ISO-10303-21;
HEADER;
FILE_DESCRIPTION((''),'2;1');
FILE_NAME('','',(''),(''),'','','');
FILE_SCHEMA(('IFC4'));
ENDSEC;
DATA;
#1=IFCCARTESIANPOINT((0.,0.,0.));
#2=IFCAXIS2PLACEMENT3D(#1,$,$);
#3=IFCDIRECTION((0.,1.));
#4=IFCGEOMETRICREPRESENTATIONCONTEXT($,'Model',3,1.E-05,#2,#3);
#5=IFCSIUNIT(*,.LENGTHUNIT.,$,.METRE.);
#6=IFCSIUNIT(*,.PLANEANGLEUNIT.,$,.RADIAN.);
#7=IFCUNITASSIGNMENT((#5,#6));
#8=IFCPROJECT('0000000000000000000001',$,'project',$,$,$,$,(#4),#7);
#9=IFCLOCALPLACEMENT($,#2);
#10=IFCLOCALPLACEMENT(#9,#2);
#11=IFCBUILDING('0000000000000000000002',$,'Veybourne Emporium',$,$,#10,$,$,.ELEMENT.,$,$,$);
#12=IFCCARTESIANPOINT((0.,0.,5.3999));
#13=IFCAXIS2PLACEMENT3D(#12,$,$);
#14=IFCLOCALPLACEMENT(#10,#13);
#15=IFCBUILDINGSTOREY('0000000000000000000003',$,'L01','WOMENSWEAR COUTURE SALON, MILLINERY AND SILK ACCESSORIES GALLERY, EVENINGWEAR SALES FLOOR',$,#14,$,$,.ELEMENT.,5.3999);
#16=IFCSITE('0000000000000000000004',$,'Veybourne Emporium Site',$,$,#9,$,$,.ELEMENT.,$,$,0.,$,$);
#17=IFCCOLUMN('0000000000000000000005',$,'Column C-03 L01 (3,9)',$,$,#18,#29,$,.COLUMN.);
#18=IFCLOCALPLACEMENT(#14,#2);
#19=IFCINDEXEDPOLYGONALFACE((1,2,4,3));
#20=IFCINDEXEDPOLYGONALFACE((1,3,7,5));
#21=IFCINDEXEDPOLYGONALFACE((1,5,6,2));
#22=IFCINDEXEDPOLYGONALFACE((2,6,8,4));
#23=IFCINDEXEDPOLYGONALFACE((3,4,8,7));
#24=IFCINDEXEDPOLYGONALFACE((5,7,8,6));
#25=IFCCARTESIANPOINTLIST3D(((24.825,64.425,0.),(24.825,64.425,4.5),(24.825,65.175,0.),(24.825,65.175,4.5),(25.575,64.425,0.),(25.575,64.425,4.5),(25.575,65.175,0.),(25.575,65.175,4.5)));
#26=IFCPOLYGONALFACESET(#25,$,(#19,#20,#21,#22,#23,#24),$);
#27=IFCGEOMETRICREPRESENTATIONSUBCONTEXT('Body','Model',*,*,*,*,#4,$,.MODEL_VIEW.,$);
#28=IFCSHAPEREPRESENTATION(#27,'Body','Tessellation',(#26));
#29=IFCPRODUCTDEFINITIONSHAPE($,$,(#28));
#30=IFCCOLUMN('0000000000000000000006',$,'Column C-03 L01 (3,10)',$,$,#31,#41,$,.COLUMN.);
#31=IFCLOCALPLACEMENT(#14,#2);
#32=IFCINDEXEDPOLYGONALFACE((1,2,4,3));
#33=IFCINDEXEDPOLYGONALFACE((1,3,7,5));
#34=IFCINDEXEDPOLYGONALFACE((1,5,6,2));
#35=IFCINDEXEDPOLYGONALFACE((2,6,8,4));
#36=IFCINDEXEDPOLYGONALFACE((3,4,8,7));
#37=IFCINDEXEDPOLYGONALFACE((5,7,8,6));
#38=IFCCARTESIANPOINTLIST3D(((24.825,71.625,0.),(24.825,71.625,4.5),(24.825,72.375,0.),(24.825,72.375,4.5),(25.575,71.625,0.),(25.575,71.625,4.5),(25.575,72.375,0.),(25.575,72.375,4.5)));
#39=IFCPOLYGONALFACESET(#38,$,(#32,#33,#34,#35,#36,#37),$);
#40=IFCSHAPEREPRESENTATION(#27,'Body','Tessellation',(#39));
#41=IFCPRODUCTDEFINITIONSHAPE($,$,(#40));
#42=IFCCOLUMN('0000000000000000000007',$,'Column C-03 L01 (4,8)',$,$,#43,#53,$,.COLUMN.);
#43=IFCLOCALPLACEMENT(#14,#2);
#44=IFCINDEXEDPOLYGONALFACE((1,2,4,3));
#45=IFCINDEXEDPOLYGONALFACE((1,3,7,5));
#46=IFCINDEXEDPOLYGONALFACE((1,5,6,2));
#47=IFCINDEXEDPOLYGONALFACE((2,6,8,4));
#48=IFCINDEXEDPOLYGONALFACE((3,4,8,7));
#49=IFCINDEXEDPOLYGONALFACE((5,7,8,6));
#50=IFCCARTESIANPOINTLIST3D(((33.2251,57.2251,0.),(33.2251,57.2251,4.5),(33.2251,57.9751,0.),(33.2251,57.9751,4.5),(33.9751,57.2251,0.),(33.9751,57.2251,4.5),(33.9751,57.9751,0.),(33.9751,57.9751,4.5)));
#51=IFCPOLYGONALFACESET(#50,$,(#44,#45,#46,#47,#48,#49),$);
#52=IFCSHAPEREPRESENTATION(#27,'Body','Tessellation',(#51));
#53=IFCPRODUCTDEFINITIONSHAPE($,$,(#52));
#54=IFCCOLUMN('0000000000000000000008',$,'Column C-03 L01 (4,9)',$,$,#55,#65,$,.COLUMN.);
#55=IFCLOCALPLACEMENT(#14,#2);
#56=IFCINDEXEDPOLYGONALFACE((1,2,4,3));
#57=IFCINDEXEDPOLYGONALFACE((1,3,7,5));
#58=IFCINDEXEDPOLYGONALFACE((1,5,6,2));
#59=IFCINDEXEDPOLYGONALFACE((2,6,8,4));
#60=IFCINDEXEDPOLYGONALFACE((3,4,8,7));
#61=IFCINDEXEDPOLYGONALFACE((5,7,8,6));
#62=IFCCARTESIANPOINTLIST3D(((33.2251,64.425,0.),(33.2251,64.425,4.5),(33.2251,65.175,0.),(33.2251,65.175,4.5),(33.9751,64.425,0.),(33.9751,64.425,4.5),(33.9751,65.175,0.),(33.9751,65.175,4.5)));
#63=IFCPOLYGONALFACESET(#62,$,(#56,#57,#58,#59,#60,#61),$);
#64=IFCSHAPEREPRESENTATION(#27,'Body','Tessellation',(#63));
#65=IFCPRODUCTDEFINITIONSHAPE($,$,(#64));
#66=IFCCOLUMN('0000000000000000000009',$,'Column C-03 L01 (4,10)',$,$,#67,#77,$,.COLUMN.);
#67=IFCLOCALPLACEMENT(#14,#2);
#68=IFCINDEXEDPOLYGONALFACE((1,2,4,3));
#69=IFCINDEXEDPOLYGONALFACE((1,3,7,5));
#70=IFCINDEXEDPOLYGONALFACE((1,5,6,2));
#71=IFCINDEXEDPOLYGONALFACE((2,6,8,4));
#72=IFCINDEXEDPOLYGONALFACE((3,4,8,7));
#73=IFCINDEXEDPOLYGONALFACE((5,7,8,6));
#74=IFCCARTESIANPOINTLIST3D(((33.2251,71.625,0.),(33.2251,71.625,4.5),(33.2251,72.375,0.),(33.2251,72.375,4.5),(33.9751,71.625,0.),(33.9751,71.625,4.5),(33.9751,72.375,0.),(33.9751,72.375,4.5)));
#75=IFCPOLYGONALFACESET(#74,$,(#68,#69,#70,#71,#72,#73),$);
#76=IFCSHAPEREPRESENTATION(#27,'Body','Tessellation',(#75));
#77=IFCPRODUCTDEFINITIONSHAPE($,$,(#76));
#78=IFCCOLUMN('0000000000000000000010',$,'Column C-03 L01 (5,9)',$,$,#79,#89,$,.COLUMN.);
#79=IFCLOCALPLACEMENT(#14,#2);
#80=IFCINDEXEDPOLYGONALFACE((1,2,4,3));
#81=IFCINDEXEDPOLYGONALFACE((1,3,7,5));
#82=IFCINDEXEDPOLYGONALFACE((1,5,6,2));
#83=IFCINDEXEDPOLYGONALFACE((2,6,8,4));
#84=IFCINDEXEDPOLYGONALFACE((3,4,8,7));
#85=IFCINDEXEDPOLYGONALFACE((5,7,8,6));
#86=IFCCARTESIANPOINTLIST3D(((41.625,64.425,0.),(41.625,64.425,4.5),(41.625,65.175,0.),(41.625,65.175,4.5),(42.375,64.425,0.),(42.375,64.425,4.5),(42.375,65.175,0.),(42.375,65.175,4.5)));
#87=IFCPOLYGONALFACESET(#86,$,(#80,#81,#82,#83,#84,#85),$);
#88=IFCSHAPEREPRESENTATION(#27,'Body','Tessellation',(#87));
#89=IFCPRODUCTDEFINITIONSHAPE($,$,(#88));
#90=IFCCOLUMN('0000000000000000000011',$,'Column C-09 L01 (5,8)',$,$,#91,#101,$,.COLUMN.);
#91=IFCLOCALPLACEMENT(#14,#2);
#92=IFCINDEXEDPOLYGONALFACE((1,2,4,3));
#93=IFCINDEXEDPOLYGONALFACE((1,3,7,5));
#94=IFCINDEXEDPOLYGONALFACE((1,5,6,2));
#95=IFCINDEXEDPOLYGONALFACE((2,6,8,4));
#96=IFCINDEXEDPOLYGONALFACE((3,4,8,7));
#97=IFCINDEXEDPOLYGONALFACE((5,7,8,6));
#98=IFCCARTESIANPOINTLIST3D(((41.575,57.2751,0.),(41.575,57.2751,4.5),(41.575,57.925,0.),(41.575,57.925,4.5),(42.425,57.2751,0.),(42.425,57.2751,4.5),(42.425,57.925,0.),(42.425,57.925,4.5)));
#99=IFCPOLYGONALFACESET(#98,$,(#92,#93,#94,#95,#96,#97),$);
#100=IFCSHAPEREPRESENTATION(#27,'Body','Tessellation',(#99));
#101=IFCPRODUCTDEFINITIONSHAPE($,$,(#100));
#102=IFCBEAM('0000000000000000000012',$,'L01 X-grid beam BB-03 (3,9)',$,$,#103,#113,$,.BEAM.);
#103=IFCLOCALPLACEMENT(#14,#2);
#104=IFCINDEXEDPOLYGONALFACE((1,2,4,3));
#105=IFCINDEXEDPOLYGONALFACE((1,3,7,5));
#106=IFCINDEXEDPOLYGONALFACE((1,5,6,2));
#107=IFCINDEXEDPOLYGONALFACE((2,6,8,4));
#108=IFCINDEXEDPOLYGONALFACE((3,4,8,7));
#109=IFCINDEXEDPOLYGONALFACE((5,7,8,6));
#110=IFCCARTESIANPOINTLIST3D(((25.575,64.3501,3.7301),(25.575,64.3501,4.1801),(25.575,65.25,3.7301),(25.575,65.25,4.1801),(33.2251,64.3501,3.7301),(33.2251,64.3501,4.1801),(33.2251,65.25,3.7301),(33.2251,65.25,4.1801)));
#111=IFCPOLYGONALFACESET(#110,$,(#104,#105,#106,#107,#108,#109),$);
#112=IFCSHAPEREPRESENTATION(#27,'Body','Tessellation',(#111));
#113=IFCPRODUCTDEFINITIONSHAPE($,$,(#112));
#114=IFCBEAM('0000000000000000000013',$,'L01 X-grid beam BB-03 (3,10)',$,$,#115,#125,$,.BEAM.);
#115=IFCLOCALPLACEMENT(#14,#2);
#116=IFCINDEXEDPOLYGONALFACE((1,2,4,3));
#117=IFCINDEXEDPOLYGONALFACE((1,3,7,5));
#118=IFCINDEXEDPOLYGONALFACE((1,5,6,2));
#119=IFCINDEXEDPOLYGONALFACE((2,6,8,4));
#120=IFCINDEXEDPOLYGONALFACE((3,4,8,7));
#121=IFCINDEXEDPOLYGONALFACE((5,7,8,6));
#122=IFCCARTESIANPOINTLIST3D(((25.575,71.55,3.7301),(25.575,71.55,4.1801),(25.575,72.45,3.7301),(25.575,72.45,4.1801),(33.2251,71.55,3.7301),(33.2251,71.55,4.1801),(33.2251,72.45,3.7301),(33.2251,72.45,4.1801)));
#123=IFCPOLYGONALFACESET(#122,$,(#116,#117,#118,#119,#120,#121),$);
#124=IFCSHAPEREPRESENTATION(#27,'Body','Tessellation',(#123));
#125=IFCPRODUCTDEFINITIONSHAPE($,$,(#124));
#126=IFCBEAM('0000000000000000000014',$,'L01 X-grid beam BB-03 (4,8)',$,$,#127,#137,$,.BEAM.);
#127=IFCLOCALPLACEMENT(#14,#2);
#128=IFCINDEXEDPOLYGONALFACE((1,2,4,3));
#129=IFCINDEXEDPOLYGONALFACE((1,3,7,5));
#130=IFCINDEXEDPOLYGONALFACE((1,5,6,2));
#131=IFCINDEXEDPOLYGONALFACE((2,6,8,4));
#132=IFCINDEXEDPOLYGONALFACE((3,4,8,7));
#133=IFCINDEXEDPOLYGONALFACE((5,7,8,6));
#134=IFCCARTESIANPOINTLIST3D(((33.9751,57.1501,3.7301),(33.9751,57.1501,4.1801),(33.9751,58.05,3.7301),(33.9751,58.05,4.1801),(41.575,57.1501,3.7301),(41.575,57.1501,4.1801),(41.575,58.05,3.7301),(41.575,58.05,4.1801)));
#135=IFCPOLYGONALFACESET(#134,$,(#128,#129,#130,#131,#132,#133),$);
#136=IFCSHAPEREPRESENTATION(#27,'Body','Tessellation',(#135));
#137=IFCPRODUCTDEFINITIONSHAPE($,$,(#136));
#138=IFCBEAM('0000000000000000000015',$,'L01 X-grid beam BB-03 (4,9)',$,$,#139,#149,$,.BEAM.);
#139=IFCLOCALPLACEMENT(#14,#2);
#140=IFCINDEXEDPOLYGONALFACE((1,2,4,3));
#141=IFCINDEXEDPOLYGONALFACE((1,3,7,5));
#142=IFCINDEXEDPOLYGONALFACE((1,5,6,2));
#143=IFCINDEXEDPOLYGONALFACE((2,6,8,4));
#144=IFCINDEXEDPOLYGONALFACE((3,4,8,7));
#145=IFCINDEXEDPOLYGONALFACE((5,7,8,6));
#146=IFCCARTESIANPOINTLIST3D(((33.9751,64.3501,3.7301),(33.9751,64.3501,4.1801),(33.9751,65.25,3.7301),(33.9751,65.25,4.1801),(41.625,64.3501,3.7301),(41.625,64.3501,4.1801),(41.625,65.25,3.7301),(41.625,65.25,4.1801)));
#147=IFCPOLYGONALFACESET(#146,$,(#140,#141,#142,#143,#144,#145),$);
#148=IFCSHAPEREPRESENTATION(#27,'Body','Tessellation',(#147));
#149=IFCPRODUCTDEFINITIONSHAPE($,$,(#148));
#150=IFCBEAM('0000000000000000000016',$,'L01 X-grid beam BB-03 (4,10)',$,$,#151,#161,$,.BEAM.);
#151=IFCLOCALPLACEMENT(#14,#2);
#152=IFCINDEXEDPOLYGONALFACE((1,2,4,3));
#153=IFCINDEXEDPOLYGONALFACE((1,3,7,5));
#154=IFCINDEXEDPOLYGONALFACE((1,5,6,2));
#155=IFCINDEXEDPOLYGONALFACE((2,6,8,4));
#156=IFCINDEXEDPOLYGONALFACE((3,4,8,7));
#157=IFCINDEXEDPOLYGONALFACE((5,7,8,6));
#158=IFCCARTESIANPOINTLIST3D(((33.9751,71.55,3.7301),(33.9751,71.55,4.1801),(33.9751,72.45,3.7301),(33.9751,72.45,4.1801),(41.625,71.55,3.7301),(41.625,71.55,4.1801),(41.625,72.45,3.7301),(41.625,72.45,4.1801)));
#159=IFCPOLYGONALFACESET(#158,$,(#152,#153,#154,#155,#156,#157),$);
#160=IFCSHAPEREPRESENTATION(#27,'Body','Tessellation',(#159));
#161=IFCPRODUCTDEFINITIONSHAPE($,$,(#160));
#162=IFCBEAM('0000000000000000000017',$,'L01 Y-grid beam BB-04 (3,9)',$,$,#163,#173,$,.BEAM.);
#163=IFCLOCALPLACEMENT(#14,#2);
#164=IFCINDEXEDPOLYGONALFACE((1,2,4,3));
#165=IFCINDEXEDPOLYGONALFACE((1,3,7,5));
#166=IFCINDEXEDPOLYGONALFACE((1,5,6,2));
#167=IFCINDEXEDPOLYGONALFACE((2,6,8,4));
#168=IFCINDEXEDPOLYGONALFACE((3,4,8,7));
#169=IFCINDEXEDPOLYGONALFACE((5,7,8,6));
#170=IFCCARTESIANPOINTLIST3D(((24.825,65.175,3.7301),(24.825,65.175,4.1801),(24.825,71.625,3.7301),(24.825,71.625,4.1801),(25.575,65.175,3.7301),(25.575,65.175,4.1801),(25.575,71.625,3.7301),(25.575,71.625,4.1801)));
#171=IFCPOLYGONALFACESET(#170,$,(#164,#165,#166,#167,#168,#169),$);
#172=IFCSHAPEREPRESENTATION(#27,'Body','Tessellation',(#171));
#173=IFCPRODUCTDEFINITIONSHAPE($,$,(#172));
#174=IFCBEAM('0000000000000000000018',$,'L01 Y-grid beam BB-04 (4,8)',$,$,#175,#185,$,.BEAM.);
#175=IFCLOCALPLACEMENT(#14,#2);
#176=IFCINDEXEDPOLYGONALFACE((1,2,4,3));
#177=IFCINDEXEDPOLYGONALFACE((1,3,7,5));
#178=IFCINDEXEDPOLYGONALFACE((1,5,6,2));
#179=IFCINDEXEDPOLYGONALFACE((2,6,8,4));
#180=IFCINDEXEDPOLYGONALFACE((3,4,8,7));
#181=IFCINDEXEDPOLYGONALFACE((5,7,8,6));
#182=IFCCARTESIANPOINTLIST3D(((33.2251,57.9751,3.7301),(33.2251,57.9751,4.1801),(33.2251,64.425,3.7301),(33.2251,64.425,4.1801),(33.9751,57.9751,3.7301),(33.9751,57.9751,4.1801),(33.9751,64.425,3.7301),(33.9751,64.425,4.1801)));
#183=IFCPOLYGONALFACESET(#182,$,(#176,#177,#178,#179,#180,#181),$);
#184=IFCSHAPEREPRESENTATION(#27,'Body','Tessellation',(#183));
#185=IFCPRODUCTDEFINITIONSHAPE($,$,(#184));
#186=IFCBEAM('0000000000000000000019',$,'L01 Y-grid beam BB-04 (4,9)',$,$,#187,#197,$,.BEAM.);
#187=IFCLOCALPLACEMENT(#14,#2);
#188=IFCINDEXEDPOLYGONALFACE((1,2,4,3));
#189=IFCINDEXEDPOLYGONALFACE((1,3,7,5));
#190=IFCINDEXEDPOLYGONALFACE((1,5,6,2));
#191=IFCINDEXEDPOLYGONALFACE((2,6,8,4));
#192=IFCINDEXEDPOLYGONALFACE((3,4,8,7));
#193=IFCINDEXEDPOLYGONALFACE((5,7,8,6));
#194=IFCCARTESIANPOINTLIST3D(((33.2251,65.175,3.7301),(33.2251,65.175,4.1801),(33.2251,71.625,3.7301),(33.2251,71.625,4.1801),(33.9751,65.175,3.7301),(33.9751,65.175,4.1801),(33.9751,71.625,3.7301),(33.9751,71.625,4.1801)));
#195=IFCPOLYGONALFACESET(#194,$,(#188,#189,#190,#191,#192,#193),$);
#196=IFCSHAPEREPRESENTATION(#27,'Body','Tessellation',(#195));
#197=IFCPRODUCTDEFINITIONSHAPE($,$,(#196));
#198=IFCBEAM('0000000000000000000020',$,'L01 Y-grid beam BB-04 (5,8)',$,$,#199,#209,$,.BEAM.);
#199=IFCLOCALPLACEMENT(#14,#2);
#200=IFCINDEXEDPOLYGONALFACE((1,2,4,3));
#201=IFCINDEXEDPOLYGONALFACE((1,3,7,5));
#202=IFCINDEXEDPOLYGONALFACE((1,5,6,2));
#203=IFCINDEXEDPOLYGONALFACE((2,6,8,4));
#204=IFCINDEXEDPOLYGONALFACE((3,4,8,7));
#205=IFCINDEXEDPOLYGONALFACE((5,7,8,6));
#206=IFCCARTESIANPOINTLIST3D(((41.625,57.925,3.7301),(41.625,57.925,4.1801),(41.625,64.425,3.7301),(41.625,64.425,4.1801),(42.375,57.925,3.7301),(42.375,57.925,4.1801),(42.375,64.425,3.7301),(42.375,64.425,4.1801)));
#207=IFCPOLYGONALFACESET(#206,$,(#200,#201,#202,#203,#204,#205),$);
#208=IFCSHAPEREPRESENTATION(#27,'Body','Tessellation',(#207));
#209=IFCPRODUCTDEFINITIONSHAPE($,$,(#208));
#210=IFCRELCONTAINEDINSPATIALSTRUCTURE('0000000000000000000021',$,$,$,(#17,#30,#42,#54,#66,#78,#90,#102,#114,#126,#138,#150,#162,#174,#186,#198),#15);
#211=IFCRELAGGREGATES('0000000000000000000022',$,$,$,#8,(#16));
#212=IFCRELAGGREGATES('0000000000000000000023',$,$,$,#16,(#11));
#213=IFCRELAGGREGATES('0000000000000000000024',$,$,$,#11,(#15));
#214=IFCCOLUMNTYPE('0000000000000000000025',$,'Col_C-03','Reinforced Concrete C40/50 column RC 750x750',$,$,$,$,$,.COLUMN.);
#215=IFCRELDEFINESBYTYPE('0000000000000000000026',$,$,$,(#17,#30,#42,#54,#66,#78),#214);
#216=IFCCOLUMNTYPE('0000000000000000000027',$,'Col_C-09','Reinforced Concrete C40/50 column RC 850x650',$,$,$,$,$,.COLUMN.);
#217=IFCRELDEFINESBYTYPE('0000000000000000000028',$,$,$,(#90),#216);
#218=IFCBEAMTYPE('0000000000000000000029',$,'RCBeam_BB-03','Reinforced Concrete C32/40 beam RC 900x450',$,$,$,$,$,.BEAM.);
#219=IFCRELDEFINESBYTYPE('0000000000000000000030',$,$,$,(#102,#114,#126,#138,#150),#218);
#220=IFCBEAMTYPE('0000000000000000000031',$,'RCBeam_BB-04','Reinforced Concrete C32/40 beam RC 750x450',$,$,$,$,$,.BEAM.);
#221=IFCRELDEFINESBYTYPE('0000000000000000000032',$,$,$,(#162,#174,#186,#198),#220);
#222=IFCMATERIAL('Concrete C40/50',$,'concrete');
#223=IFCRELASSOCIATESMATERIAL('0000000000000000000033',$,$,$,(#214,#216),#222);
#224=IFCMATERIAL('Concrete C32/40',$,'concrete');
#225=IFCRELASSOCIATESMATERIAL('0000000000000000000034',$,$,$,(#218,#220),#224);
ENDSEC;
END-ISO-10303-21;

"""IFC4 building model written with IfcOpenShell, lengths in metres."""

from ifc_helpers import new_model, si_unit, direction, frame, origin, origin_2d, place, context, subcontext, project, spatial, rectangle, extrude, material, material_profile, profile_set, type_object, element, save


model = new_model("IFC4")

# Units and contexts
model_context = context("Model", 3, precision=1e-05, world=origin(), true_north=direction((0.0, 1.0)))
body_context = subcontext(model_context, "Body", "Model", "MODEL_VIEW")
ifc_project = project(units=[si_unit("LENGTHUNIT", "METRE"), si_unit("PLANEANGLEUNIT", "RADIAN")], contexts=[model_context])

# Site, building, storey
site_placement = place(None, origin())
site = spatial("IfcSite", under=ifc_project, at=site_placement, Name="Veybourne Emporium Site", CompositionType="ELEMENT", RefElevation=0.0)
building_placement = place(site_placement, origin())
building = spatial("IfcBuilding", under=site, at=building_placement, Name="Veybourne Emporium", CompositionType="ELEMENT")
storey_placement = place(building_placement, frame((0.0, 0.0, 5.3999)))
storey = spatial("IfcBuildingStorey", under=building, at=storey_placement, Name="L01", Description="WOMENSWEAR COUTURE SALON, MILLINERY AND SILK ACCESSORIES GALLERY, EVENINGWEAR SALES FLOOR", CompositionType="ELEMENT", Elevation=5.3999)

# Columns
ifc_material_1 = material(Name="Concrete C40/50", Category="concrete")
ifc_material_profile_1 = material_profile(ifc_material_1, rectangle(XDim=0.75, YDim=0.75, at=origin_2d()), Name="RC 750x750")
ifc_profile_set_1 = profile_set([ifc_material_profile_1], Name="Concrete C40/50")
column_type_1 = type_object("IfcColumnType", Name="Col_C-03", Description="Reinforced Concrete C40/50 column RC 750x750", PredefinedType="COLUMN", material=ifc_profile_set_1)
for number, where, z_axis, x_axis, name in (
    (1, (25.2, 64.8, 0.0), (0.0, 0.0, 1.0), (1.0, 0.0, 0.0), "Column C-03 L01 (3,9)"),
    (2, (25.2, 72.0, 0.0), (0.0, 0.0, 1.0), (1.0, 0.0, 0.0), "Column C-03 L01 (3,10)"),
    (3, (33.6001, 57.6001, 0.0), (0.0, 0.0, 1.0), (1.0, 0.0, 0.0), "Column C-03 L01 (4,8)"),
    (4, (33.6001, 64.8, 0.0), (0.0, 0.0, 1.0), (1.0, 0.0, 0.0), "Column C-03 L01 (4,9)"),
    (5, (33.6001, 72.0, 0.0), (0.0, 0.0, 1.0), (1.0, 0.0, 0.0), "Column C-03 L01 (4,10)"),
    (6, (42.0, 64.8, 0.0), (0.0, 0.0, 1.0), (1.0, 0.0, 0.0), "Column C-03 L01 (5,9)"),
):
    element("IfcColumn", number, at=place(storey_placement, frame(where, z_axis=z_axis, x_axis=x_axis)), inside=storey, type_object=column_type_1, Name=name, PredefinedType="COLUMN", context=body_context, shape_type="SweptSolid", body=[
        extrude(rectangle(XDim=0.75, YDim=0.75, at=origin_2d()), origin(), (0.0, 0.0, 1.0), 4.5),
    ])
ifc_material_profile_2 = material_profile(ifc_material_1, rectangle(XDim=0.8501, YDim=0.6499, at=origin_2d()), Name="RC 850x650")
ifc_profile_set_2 = profile_set([ifc_material_profile_2], Name="Concrete C40/50")
column_type_2 = type_object("IfcColumnType", Name="Col_C-09", Description="Reinforced Concrete C40/50 column RC 850x650", PredefinedType="COLUMN", material=ifc_profile_set_2)
column_placement = place(storey_placement, frame((42.0, 57.6001, 0.0), z_axis=(0.0, 0.0, 1.0), x_axis=(1.0, 0.0, 0.0)))
element("IfcColumn", 7, at=column_placement, inside=storey, type_object=column_type_2, Name="Column C-09 L01 (5,8)", PredefinedType="COLUMN", context=body_context, shape_type="SweptSolid", body=[
    extrude(rectangle(XDim=0.8501, YDim=0.6499, at=origin_2d()), origin(), (0.0, 0.0, 1.0), 4.5),
])

# Beams
ifc_material_2 = material(Name="Concrete C32/40", Category="concrete")
ifc_material_profile_3 = material_profile(ifc_material_2, rectangle(XDim=0.8999, YDim=0.45, at=origin_2d()), Name="RC 900x450")
ifc_profile_set_3 = profile_set([ifc_material_profile_3], Name="Concrete C32/40")
beam_type_1 = type_object("IfcBeamType", Name="RCBeam_BB-03", Description="Reinforced Concrete C32/40 beam RC 900x450", PredefinedType="BEAM", material=ifc_profile_set_3)
for number, where, z_axis, x_axis, name in (
    (8, (25.575, 64.8, 3.9551), (1.0, 0.0, 0.0), (0.0, 1.0, 0.0), "L01 X-grid beam BB-03 (3,9)"),
    (9, (25.575, 72.0, 3.9551), (1.0, 0.0, 0.0), (0.0, 1.0, 0.0), "L01 X-grid beam BB-03 (3,10)"),
):
    element("IfcBeam", number, at=place(storey_placement, frame(where, z_axis=z_axis, x_axis=x_axis)), inside=storey, type_object=beam_type_1, Name=name, PredefinedType="BEAM", context=body_context, shape_type="SweptSolid", body=[
        extrude(rectangle(XDim=0.8999, YDim=0.45, at=origin_2d()), origin(), (0.0, 0.0, 1.0), 7.6501),
    ])
beam_1_placement = place(storey_placement, frame((33.9751, 57.6001, 3.9551), z_axis=(1.0, 0.0, 0.0), x_axis=(0.0, 1.0, 0.0)))
element("IfcBeam", 10, at=beam_1_placement, inside=storey, type_object=beam_type_1, Name="L01 X-grid beam BB-03 (4,8)", PredefinedType="BEAM", context=body_context, shape_type="SweptSolid", body=[
    extrude(rectangle(XDim=0.8999, YDim=0.45, at=origin_2d()), origin(), (0.0, 0.0, 1.0), 7.5999),
])
for number, where, z_axis, x_axis, name in (
    (11, (33.9751, 64.8, 3.9551), (1.0, 0.0, 0.0), (0.0, 1.0, 0.0), "L01 X-grid beam BB-03 (4,9)"),
    (12, (33.9751, 72.0, 3.9551), (1.0, 0.0, 0.0), (0.0, 1.0, 0.0), "L01 X-grid beam BB-03 (4,10)"),
):
    element("IfcBeam", number, at=place(storey_placement, frame(where, z_axis=z_axis, x_axis=x_axis)), inside=storey, type_object=beam_type_1, Name=name, PredefinedType="BEAM", context=body_context, shape_type="SweptSolid", body=[
        extrude(rectangle(XDim=0.8999, YDim=0.45, at=origin_2d()), origin(), (0.0, 0.0, 1.0), 7.6499),
    ])
ifc_material_profile_4 = material_profile(ifc_material_2, rectangle(XDim=0.75, YDim=0.45, at=origin_2d()), Name="RC 750x450")
ifc_profile_set_4 = profile_set([ifc_material_profile_4], Name="Concrete C32/40")
beam_type_2 = type_object("IfcBeamType", Name="RCBeam_BB-04", Description="Reinforced Concrete C32/40 beam RC 750x450", PredefinedType="BEAM", material=ifc_profile_set_4)
for number, where, z_axis, x_axis, name in (
    (13, (25.2, 65.175, 3.9551), (0.0, 1.0, 0.0), (-1.0, 0.0, 0.0), "L01 Y-grid beam BB-04 (3,9)"),
    (14, (33.6001, 57.9751, 3.9551), (0.0, 1.0, 0.0), (-1.0, 0.0, 0.0), "L01 Y-grid beam BB-04 (4,8)"),
    (15, (33.6001, 65.175, 3.9551), (0.0, 1.0, 0.0), (-1.0, 0.0, 0.0), "L01 Y-grid beam BB-04 (4,9)"),
):
    element("IfcBeam", number, at=place(storey_placement, frame(where, z_axis=z_axis, x_axis=x_axis)), inside=storey, type_object=beam_type_2, Name=name, PredefinedType="BEAM", context=body_context, shape_type="SweptSolid", body=[
        extrude(rectangle(XDim=0.75, YDim=0.45, at=origin_2d()), origin(), (0.0, 0.0, 1.0), 6.45),
    ])
beam_2_placement = place(storey_placement, frame((42.0, 57.925, 3.9551), z_axis=(0.0, 1.0, 0.0), x_axis=(-1.0, 0.0, 0.0)))
element("IfcBeam", 16, at=beam_2_placement, inside=storey, type_object=beam_type_2, Name="L01 Y-grid beam BB-04 (5,8)", PredefinedType="BEAM", context=body_context, shape_type="SweptSolid", body=[
    extrude(rectangle(XDim=0.75, YDim=0.45, at=origin_2d()), origin(), (0.0, 0.0, 1.0), 6.5),
])

save(model, "model.ifc")
